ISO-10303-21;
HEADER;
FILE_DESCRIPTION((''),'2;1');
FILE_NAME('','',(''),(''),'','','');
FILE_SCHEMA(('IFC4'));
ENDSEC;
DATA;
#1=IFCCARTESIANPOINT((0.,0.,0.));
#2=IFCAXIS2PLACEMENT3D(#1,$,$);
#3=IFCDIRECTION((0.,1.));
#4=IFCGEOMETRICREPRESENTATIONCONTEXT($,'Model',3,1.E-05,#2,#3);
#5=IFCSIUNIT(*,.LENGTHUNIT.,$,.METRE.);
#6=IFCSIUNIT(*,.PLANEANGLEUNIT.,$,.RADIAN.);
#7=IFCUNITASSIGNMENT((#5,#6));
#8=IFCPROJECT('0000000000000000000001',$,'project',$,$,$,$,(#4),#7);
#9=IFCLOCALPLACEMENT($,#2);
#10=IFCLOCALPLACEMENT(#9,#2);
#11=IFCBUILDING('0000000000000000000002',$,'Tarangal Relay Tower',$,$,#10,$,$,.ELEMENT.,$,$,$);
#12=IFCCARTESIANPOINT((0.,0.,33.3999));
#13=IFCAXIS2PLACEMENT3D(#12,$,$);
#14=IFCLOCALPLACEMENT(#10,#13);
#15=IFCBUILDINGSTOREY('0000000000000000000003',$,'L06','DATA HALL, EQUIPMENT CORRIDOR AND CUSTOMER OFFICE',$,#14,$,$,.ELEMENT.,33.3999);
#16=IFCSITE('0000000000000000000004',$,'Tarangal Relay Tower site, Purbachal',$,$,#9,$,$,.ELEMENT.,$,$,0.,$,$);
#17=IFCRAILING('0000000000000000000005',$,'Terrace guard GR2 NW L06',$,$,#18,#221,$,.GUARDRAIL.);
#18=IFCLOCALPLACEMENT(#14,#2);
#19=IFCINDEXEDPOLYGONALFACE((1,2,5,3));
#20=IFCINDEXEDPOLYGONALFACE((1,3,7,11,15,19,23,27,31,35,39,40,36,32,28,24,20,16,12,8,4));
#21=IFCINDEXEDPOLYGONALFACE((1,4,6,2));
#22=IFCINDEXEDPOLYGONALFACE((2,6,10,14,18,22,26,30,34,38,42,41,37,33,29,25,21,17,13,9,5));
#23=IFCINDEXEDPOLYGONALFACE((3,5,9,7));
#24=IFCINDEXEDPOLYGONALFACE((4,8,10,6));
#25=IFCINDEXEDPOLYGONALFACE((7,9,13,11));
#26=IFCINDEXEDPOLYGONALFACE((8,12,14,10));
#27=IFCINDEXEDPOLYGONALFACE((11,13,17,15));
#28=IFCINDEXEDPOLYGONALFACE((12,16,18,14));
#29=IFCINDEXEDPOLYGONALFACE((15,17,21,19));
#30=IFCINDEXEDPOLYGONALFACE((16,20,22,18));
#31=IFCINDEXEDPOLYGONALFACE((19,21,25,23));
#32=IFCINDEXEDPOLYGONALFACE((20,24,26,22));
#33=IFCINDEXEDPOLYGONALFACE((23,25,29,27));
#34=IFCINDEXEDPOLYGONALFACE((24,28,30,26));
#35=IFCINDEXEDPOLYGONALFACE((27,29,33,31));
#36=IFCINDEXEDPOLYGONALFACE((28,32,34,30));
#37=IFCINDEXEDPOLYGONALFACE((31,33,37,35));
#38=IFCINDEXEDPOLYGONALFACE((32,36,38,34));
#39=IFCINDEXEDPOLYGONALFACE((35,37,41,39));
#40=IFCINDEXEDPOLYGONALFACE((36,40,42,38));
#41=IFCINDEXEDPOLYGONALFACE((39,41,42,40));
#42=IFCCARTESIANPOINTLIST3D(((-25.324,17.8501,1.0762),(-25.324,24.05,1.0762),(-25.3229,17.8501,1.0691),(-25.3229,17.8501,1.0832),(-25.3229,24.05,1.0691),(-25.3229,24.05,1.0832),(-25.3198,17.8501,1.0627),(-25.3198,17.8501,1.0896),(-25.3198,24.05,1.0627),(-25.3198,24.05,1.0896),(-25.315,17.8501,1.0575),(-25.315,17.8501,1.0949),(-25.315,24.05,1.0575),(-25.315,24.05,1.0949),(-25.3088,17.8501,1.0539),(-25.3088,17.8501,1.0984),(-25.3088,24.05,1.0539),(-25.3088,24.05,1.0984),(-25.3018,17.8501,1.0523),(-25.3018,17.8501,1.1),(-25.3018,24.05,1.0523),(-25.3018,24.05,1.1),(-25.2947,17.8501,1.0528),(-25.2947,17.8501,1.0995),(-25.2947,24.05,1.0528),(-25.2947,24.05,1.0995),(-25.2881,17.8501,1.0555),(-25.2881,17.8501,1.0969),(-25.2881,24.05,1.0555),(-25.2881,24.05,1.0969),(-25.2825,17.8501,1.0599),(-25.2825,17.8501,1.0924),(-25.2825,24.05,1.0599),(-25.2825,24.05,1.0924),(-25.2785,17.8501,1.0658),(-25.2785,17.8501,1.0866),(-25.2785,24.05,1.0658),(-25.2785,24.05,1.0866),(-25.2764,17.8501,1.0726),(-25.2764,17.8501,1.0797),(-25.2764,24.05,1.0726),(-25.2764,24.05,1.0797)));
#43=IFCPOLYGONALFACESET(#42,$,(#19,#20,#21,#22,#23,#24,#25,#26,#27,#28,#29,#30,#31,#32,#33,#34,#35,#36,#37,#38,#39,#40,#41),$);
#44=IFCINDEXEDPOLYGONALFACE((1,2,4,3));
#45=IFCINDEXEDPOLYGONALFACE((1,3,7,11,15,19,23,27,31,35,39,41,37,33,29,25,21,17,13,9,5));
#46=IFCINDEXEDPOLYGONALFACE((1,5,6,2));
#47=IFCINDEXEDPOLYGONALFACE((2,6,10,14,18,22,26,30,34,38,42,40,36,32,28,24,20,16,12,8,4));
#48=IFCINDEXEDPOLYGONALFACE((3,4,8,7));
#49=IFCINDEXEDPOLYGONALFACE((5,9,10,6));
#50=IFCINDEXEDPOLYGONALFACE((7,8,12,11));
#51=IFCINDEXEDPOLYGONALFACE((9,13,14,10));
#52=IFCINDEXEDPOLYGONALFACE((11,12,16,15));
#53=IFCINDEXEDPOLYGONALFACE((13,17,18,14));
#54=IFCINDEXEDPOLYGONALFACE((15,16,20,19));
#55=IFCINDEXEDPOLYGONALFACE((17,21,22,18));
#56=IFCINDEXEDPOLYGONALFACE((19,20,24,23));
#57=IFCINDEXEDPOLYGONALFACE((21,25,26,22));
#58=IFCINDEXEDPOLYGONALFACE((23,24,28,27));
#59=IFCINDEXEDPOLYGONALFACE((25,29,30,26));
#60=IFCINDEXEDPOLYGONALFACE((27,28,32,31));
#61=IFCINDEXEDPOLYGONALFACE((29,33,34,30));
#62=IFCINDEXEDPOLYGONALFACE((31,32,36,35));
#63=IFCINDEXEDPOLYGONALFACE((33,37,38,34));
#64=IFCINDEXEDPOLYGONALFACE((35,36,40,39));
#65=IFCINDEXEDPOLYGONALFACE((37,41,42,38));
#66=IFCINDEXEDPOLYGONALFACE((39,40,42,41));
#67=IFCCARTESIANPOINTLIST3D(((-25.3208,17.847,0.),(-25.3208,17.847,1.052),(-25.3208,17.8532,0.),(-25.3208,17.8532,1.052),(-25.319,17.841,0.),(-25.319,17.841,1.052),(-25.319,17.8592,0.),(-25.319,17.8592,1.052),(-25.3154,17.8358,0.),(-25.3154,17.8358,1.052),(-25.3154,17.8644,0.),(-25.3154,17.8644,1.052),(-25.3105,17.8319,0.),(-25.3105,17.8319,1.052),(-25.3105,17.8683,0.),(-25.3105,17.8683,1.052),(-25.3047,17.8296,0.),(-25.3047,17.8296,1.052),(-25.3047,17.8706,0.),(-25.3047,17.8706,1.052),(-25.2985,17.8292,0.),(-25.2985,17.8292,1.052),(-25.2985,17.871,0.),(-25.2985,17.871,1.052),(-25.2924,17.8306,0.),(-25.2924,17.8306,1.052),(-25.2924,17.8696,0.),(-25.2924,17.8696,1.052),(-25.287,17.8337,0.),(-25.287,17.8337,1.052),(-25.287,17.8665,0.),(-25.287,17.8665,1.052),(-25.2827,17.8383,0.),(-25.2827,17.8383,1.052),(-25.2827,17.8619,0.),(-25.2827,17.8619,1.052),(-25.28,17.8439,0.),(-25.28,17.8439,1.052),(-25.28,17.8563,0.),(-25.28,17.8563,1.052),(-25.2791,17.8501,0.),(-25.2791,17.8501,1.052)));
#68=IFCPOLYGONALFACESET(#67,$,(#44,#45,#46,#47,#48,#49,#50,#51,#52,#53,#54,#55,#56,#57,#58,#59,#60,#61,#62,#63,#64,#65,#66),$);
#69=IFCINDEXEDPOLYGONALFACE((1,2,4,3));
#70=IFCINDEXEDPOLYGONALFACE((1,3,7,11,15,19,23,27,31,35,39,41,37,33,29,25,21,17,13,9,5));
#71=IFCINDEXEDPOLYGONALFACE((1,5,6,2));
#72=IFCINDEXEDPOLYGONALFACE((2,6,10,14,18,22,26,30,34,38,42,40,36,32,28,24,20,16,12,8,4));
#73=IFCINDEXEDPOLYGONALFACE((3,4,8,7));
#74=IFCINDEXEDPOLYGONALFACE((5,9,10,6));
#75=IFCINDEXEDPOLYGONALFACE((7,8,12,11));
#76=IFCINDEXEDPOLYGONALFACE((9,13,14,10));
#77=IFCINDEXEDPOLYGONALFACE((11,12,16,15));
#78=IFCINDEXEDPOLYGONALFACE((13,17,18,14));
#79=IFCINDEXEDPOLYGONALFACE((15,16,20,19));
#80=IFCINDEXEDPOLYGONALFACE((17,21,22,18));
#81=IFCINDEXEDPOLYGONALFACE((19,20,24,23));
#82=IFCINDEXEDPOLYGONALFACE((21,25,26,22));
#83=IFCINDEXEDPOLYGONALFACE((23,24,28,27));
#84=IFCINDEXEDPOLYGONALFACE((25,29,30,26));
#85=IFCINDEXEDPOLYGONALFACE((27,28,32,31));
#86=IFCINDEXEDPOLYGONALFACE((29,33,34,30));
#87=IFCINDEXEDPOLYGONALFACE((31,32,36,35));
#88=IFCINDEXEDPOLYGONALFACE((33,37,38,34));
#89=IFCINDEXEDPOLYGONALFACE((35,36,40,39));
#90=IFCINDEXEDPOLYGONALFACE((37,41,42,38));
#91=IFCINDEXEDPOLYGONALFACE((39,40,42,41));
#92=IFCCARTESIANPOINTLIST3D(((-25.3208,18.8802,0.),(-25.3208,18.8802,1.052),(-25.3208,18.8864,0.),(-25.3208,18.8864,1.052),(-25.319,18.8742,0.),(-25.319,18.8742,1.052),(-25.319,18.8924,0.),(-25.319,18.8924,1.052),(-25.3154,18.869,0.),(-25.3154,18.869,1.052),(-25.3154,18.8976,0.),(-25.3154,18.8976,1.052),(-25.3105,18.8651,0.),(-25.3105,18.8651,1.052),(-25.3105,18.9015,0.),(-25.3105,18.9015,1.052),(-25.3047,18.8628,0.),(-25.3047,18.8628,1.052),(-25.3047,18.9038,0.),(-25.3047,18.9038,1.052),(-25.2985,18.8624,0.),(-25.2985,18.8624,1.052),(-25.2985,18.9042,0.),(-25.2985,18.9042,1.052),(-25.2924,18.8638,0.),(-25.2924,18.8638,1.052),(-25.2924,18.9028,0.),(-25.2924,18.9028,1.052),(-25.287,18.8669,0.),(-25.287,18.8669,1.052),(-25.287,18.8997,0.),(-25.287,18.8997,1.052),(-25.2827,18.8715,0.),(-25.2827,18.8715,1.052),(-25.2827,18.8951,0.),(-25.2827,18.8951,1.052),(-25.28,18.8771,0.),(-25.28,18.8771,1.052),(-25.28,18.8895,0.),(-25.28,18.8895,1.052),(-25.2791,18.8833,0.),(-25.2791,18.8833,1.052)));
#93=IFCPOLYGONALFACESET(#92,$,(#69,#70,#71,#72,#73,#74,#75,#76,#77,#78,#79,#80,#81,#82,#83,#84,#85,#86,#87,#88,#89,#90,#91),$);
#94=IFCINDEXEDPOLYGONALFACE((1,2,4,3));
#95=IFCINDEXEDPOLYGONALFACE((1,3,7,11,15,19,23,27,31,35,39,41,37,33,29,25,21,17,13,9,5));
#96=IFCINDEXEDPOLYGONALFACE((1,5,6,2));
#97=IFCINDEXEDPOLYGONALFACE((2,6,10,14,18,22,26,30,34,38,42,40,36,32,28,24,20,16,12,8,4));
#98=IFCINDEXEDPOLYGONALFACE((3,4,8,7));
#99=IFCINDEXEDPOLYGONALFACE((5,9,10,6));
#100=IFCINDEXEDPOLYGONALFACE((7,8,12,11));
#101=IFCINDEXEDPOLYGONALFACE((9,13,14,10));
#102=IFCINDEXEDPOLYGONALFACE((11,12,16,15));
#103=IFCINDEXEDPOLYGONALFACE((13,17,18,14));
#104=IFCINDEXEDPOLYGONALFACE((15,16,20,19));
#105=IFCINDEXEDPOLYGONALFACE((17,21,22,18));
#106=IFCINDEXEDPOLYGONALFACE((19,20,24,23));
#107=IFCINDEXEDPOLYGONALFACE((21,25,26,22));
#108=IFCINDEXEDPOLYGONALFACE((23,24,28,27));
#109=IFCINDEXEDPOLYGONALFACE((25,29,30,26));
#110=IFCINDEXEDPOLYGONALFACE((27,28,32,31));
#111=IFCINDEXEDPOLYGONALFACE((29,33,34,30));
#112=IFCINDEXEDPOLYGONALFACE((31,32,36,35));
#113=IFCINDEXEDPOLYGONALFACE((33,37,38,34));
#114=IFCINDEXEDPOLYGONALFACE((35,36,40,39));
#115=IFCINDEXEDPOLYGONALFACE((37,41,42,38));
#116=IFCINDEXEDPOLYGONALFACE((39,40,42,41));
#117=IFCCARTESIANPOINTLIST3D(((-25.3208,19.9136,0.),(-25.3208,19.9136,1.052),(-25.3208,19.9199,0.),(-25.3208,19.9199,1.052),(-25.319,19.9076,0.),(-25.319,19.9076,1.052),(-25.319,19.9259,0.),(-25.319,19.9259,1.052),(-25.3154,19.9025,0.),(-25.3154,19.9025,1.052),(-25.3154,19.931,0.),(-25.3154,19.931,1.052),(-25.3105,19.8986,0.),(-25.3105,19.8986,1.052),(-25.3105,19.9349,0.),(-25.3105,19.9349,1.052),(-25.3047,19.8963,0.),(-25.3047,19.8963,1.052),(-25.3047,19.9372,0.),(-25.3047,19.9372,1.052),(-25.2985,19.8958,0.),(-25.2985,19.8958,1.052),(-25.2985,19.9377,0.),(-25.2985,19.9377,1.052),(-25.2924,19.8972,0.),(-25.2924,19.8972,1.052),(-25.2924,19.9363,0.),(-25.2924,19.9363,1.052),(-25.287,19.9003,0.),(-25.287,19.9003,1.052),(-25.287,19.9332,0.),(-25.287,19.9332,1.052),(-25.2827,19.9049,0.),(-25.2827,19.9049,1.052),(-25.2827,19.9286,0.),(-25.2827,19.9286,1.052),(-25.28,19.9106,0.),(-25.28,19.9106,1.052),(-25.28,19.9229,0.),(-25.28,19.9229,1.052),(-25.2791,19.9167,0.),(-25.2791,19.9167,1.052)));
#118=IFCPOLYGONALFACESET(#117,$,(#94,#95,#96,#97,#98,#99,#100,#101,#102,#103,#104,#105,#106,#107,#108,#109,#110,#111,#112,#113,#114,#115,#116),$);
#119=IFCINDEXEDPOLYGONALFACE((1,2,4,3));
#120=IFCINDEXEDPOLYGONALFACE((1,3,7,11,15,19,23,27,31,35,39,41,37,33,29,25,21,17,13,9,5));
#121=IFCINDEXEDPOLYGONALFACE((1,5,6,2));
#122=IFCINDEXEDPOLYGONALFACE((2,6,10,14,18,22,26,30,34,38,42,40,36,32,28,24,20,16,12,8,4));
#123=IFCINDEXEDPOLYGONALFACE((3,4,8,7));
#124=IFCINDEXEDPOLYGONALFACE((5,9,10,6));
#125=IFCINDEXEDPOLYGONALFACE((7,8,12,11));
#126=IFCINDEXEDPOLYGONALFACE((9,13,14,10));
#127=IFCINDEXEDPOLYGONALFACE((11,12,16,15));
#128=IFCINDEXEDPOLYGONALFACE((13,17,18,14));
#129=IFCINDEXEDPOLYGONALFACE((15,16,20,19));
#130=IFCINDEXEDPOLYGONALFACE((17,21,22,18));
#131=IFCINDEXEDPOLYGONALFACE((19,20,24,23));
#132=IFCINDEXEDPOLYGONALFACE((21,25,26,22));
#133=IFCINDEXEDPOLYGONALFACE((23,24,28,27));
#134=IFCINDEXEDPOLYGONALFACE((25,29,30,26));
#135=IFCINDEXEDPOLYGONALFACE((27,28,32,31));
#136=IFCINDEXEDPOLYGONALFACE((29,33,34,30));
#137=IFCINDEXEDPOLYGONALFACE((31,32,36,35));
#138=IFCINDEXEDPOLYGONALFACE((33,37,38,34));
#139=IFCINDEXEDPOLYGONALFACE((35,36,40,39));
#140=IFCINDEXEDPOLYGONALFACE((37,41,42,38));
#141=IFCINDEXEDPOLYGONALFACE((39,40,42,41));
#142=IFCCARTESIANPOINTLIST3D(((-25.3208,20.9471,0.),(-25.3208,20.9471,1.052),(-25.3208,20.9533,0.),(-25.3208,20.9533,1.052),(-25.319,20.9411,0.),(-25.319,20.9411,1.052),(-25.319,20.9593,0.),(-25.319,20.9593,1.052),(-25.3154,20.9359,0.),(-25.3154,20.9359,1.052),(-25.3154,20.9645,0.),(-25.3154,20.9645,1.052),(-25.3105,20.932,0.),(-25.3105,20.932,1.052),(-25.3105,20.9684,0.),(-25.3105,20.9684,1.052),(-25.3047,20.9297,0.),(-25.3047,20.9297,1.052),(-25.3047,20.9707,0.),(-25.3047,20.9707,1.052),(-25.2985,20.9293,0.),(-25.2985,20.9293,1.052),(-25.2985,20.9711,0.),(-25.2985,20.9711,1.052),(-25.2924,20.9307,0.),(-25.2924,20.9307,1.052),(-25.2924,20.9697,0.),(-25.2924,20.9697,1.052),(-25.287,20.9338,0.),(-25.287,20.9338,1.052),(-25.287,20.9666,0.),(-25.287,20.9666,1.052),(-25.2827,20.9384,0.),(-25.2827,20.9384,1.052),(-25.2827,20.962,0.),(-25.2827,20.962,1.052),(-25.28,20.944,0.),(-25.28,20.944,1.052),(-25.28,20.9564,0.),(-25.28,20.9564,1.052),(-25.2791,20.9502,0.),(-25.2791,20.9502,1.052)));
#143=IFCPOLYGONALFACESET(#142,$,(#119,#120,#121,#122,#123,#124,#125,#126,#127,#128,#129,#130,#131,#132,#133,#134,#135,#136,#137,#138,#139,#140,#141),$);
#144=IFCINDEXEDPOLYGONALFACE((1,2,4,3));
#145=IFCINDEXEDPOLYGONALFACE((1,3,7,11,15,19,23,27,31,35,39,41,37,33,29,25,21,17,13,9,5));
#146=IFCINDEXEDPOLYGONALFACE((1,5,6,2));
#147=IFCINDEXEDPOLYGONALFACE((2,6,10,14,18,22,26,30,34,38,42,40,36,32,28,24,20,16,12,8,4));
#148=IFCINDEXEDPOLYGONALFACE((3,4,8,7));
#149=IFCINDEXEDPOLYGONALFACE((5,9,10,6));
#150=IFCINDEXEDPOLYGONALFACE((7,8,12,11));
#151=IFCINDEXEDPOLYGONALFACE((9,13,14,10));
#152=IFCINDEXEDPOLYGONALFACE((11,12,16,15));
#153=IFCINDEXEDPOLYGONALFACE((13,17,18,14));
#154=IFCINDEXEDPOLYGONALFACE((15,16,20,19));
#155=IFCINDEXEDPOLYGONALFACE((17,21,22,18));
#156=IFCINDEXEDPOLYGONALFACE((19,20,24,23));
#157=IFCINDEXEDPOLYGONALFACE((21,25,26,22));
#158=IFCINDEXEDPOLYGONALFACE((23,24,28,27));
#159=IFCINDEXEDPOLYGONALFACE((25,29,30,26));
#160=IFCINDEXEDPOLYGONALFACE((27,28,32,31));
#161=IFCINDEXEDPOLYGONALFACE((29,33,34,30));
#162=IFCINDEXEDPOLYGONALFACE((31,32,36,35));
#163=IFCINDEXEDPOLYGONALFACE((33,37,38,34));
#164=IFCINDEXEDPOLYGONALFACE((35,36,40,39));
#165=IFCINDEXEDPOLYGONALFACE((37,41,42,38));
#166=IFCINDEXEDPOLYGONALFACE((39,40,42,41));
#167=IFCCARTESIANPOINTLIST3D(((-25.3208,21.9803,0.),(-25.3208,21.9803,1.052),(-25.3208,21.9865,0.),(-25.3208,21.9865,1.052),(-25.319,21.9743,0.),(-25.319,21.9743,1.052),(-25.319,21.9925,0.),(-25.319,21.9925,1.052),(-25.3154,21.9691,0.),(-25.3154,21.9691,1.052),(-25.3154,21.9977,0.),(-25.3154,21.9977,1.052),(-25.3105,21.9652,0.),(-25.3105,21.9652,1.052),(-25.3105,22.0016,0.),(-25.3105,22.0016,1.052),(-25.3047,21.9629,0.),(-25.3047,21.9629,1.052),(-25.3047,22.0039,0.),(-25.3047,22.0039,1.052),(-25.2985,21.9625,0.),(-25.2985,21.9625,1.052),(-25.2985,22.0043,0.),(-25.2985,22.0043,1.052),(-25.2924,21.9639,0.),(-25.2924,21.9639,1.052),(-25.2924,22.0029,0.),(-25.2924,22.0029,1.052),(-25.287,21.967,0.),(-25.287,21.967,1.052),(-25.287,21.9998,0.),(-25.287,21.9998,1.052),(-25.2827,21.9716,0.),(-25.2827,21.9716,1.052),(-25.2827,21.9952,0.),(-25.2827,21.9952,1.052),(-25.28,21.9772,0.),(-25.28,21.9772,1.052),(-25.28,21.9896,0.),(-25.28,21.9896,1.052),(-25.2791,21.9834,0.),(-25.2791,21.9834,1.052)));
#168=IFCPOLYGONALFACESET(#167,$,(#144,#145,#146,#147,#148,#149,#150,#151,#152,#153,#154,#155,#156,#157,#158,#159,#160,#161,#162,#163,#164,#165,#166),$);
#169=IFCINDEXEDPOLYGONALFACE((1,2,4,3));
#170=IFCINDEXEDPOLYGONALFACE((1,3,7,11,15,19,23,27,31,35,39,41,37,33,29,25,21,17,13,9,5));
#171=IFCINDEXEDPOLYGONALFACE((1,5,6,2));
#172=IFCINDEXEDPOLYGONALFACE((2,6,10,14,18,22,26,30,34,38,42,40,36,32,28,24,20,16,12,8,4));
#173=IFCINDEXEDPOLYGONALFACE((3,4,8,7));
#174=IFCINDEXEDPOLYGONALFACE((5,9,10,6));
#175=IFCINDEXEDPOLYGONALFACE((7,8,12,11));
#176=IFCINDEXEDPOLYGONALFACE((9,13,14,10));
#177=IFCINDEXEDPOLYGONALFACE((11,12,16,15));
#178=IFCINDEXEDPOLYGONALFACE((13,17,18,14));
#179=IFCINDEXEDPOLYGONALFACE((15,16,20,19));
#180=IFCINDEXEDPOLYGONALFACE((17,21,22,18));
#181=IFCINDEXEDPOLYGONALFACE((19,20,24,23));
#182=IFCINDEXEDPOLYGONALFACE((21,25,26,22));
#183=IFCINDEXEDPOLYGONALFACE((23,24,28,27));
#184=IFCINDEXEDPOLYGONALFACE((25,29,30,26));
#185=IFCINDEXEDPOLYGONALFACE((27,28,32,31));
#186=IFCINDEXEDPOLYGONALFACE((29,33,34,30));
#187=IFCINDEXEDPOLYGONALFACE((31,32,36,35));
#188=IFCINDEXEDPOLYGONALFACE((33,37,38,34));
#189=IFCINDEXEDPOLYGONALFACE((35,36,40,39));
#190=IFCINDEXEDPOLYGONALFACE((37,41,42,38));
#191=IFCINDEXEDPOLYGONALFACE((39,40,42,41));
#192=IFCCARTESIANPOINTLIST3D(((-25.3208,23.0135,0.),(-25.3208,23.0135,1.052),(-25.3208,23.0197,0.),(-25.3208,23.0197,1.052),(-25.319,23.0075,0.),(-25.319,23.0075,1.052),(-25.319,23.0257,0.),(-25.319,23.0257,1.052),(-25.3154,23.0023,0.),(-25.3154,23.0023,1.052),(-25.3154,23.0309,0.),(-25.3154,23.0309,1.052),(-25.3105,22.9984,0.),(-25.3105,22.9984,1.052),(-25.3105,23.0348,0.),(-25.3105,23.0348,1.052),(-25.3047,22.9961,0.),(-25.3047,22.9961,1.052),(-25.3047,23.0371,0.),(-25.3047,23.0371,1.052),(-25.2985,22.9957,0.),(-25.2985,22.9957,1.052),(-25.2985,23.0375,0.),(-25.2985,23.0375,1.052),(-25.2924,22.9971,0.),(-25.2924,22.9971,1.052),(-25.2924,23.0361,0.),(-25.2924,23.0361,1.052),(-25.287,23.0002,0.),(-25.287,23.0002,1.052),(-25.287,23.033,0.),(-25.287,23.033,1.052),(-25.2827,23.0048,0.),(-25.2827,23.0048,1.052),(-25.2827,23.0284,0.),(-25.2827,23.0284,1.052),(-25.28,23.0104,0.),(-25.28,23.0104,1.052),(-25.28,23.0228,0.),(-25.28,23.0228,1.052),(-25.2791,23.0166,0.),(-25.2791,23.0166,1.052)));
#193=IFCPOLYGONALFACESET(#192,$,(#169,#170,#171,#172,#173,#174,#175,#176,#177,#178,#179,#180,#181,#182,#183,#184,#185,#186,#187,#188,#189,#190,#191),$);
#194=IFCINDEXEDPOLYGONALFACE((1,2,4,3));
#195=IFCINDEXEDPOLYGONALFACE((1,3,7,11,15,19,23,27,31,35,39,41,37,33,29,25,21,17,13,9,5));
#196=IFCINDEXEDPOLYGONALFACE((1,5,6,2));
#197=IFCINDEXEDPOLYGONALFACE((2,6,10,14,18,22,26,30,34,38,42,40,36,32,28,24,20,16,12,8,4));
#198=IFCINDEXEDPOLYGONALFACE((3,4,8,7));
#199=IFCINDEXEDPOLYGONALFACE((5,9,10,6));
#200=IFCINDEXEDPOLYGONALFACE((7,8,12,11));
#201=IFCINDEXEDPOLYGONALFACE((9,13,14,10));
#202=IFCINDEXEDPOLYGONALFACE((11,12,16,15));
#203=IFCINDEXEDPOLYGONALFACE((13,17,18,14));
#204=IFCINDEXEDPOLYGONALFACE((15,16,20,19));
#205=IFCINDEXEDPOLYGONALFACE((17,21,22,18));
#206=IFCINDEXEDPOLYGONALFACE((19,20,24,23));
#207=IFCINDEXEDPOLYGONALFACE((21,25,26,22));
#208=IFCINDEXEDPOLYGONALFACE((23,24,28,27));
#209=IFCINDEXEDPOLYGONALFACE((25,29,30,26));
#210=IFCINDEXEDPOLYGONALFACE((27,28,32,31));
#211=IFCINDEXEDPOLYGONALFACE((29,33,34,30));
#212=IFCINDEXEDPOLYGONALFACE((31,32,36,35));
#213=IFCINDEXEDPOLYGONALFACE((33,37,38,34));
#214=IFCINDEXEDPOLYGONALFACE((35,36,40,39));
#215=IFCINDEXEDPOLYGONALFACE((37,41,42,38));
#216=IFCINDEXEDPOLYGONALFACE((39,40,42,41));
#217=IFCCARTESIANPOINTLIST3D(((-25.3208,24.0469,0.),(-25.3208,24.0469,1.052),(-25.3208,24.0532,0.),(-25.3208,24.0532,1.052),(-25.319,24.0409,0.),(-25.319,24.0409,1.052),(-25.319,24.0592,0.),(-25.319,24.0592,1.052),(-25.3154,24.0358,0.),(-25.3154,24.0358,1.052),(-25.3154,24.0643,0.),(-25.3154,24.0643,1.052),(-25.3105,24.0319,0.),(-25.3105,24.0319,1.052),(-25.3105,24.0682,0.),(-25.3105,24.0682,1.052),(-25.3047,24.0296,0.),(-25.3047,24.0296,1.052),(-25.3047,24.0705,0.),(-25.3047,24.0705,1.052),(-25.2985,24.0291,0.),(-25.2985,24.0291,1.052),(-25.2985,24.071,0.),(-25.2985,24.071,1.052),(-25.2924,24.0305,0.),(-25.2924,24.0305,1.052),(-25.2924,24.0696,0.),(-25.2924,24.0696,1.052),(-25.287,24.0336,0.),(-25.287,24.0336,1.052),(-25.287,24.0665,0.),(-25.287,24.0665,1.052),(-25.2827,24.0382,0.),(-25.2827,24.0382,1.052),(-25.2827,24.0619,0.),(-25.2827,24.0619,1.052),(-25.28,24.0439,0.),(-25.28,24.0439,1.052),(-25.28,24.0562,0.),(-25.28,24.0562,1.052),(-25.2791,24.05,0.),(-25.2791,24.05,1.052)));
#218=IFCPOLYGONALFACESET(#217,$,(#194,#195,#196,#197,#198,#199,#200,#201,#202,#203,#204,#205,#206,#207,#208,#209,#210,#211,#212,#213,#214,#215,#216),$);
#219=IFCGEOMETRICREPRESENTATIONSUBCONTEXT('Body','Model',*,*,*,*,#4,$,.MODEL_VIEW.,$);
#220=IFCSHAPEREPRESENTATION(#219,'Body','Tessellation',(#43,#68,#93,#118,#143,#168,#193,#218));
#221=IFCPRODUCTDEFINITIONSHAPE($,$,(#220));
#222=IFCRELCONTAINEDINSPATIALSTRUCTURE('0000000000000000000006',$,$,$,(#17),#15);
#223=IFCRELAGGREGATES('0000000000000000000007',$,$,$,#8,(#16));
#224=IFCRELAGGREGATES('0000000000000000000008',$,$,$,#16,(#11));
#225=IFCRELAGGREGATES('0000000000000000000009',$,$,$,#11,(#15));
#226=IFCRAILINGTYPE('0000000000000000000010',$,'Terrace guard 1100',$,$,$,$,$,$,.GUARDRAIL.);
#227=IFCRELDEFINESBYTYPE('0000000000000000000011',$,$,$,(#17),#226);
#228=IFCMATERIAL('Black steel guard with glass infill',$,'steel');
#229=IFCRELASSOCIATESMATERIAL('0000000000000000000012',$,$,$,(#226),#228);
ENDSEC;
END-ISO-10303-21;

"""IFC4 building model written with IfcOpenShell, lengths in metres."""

from ifc_helpers import new_model, si_unit, direction, frame, origin, origin_2d, place, context, subcontext, project, spatial, circle, extrude, material, type_object, element, save


model = new_model("IFC4")

# Units and contexts
model_context = context("Model", 3, precision=1e-05, world=origin(), true_north=direction((0.0, 1.0)))
body_context = subcontext(model_context, "Body", "Model", "MODEL_VIEW")
ifc_project = project(units=[si_unit("LENGTHUNIT", "METRE"), si_unit("PLANEANGLEUNIT", "RADIAN")], contexts=[model_context])

# Site, building, storey
site_placement = place(None, origin())
site = spatial("IfcSite", under=ifc_project, at=site_placement, Name="Tarangal Relay Tower site, Purbachal", CompositionType="ELEMENT", RefElevation=0.0)
building_placement = place(site_placement, origin())
building = spatial("IfcBuilding", under=site, at=building_placement, Name="Tarangal Relay Tower", CompositionType="ELEMENT")
storey_placement = place(building_placement, frame((0.0, 0.0, 33.3999)))
storey = spatial("IfcBuildingStorey", under=building, at=storey_placement, Name="L06", Description="DATA HALL, EQUIPMENT CORRIDOR AND CUSTOMER OFFICE", CompositionType="ELEMENT", Elevation=33.3999)

# Railing
ifc_material_1 = material(Name="Black steel guard with glass infill", Category="steel")
railing_type = type_object("IfcRailingType", Name="Terrace guard 1100", PredefinedType="GUARDRAIL", material=ifc_material_1)
railing_1_placement = place(storey_placement, frame((-25.3, 17.8501, 0.0)))
element("IfcRailing", 1, at=railing_1_placement, inside=storey, type_object=railing_type, Name="Terrace guard GR2 NW L06", PredefinedType="GUARDRAIL", context=body_context, shape_type="SweptSolid", body=[
    extrude(circle(Radius=0.0239, at=origin_2d()), frame((0.0, 0.0, 1.0762), z_axis=(0.0, 1.0, 0.0), x_axis=(-1.0, 0.0, 0.0)), (0.0, 0.0, 1.0), 6.2),
    extrude(circle(Radius=0.021, at=origin_2d()), origin(), (0.0, 0.0, 1.0), 1.052),
    extrude(circle(Radius=0.021, at=origin_2d()), frame((0.0, 1.0332, 0.0)), (0.0, 0.0, 1.0), 1.052),
    extrude(circle(Radius=0.021, at=origin_2d()), frame((0.0, 2.0667, 0.0)), (0.0, 0.0, 1.0), 1.052),
    extrude(circle(Radius=0.021, at=origin_2d()), frame((0.0, 3.1001, 0.0)), (0.0, 0.0, 1.0), 1.052),
    extrude(circle(Radius=0.021, at=origin_2d()), frame((0.0, 4.1333, 0.0)), (0.0, 0.0, 1.0), 1.052),
    extrude(circle(Radius=0.021, at=origin_2d()), frame((0.0, 5.1665, 0.0)), (0.0, 0.0, 1.0), 1.052),
    extrude(circle(Radius=0.021, at=origin_2d()), frame((0.0, 6.2, 0.0)), (0.0, 0.0, 1.0), 1.052),
])

save(model, "model.ifc")
